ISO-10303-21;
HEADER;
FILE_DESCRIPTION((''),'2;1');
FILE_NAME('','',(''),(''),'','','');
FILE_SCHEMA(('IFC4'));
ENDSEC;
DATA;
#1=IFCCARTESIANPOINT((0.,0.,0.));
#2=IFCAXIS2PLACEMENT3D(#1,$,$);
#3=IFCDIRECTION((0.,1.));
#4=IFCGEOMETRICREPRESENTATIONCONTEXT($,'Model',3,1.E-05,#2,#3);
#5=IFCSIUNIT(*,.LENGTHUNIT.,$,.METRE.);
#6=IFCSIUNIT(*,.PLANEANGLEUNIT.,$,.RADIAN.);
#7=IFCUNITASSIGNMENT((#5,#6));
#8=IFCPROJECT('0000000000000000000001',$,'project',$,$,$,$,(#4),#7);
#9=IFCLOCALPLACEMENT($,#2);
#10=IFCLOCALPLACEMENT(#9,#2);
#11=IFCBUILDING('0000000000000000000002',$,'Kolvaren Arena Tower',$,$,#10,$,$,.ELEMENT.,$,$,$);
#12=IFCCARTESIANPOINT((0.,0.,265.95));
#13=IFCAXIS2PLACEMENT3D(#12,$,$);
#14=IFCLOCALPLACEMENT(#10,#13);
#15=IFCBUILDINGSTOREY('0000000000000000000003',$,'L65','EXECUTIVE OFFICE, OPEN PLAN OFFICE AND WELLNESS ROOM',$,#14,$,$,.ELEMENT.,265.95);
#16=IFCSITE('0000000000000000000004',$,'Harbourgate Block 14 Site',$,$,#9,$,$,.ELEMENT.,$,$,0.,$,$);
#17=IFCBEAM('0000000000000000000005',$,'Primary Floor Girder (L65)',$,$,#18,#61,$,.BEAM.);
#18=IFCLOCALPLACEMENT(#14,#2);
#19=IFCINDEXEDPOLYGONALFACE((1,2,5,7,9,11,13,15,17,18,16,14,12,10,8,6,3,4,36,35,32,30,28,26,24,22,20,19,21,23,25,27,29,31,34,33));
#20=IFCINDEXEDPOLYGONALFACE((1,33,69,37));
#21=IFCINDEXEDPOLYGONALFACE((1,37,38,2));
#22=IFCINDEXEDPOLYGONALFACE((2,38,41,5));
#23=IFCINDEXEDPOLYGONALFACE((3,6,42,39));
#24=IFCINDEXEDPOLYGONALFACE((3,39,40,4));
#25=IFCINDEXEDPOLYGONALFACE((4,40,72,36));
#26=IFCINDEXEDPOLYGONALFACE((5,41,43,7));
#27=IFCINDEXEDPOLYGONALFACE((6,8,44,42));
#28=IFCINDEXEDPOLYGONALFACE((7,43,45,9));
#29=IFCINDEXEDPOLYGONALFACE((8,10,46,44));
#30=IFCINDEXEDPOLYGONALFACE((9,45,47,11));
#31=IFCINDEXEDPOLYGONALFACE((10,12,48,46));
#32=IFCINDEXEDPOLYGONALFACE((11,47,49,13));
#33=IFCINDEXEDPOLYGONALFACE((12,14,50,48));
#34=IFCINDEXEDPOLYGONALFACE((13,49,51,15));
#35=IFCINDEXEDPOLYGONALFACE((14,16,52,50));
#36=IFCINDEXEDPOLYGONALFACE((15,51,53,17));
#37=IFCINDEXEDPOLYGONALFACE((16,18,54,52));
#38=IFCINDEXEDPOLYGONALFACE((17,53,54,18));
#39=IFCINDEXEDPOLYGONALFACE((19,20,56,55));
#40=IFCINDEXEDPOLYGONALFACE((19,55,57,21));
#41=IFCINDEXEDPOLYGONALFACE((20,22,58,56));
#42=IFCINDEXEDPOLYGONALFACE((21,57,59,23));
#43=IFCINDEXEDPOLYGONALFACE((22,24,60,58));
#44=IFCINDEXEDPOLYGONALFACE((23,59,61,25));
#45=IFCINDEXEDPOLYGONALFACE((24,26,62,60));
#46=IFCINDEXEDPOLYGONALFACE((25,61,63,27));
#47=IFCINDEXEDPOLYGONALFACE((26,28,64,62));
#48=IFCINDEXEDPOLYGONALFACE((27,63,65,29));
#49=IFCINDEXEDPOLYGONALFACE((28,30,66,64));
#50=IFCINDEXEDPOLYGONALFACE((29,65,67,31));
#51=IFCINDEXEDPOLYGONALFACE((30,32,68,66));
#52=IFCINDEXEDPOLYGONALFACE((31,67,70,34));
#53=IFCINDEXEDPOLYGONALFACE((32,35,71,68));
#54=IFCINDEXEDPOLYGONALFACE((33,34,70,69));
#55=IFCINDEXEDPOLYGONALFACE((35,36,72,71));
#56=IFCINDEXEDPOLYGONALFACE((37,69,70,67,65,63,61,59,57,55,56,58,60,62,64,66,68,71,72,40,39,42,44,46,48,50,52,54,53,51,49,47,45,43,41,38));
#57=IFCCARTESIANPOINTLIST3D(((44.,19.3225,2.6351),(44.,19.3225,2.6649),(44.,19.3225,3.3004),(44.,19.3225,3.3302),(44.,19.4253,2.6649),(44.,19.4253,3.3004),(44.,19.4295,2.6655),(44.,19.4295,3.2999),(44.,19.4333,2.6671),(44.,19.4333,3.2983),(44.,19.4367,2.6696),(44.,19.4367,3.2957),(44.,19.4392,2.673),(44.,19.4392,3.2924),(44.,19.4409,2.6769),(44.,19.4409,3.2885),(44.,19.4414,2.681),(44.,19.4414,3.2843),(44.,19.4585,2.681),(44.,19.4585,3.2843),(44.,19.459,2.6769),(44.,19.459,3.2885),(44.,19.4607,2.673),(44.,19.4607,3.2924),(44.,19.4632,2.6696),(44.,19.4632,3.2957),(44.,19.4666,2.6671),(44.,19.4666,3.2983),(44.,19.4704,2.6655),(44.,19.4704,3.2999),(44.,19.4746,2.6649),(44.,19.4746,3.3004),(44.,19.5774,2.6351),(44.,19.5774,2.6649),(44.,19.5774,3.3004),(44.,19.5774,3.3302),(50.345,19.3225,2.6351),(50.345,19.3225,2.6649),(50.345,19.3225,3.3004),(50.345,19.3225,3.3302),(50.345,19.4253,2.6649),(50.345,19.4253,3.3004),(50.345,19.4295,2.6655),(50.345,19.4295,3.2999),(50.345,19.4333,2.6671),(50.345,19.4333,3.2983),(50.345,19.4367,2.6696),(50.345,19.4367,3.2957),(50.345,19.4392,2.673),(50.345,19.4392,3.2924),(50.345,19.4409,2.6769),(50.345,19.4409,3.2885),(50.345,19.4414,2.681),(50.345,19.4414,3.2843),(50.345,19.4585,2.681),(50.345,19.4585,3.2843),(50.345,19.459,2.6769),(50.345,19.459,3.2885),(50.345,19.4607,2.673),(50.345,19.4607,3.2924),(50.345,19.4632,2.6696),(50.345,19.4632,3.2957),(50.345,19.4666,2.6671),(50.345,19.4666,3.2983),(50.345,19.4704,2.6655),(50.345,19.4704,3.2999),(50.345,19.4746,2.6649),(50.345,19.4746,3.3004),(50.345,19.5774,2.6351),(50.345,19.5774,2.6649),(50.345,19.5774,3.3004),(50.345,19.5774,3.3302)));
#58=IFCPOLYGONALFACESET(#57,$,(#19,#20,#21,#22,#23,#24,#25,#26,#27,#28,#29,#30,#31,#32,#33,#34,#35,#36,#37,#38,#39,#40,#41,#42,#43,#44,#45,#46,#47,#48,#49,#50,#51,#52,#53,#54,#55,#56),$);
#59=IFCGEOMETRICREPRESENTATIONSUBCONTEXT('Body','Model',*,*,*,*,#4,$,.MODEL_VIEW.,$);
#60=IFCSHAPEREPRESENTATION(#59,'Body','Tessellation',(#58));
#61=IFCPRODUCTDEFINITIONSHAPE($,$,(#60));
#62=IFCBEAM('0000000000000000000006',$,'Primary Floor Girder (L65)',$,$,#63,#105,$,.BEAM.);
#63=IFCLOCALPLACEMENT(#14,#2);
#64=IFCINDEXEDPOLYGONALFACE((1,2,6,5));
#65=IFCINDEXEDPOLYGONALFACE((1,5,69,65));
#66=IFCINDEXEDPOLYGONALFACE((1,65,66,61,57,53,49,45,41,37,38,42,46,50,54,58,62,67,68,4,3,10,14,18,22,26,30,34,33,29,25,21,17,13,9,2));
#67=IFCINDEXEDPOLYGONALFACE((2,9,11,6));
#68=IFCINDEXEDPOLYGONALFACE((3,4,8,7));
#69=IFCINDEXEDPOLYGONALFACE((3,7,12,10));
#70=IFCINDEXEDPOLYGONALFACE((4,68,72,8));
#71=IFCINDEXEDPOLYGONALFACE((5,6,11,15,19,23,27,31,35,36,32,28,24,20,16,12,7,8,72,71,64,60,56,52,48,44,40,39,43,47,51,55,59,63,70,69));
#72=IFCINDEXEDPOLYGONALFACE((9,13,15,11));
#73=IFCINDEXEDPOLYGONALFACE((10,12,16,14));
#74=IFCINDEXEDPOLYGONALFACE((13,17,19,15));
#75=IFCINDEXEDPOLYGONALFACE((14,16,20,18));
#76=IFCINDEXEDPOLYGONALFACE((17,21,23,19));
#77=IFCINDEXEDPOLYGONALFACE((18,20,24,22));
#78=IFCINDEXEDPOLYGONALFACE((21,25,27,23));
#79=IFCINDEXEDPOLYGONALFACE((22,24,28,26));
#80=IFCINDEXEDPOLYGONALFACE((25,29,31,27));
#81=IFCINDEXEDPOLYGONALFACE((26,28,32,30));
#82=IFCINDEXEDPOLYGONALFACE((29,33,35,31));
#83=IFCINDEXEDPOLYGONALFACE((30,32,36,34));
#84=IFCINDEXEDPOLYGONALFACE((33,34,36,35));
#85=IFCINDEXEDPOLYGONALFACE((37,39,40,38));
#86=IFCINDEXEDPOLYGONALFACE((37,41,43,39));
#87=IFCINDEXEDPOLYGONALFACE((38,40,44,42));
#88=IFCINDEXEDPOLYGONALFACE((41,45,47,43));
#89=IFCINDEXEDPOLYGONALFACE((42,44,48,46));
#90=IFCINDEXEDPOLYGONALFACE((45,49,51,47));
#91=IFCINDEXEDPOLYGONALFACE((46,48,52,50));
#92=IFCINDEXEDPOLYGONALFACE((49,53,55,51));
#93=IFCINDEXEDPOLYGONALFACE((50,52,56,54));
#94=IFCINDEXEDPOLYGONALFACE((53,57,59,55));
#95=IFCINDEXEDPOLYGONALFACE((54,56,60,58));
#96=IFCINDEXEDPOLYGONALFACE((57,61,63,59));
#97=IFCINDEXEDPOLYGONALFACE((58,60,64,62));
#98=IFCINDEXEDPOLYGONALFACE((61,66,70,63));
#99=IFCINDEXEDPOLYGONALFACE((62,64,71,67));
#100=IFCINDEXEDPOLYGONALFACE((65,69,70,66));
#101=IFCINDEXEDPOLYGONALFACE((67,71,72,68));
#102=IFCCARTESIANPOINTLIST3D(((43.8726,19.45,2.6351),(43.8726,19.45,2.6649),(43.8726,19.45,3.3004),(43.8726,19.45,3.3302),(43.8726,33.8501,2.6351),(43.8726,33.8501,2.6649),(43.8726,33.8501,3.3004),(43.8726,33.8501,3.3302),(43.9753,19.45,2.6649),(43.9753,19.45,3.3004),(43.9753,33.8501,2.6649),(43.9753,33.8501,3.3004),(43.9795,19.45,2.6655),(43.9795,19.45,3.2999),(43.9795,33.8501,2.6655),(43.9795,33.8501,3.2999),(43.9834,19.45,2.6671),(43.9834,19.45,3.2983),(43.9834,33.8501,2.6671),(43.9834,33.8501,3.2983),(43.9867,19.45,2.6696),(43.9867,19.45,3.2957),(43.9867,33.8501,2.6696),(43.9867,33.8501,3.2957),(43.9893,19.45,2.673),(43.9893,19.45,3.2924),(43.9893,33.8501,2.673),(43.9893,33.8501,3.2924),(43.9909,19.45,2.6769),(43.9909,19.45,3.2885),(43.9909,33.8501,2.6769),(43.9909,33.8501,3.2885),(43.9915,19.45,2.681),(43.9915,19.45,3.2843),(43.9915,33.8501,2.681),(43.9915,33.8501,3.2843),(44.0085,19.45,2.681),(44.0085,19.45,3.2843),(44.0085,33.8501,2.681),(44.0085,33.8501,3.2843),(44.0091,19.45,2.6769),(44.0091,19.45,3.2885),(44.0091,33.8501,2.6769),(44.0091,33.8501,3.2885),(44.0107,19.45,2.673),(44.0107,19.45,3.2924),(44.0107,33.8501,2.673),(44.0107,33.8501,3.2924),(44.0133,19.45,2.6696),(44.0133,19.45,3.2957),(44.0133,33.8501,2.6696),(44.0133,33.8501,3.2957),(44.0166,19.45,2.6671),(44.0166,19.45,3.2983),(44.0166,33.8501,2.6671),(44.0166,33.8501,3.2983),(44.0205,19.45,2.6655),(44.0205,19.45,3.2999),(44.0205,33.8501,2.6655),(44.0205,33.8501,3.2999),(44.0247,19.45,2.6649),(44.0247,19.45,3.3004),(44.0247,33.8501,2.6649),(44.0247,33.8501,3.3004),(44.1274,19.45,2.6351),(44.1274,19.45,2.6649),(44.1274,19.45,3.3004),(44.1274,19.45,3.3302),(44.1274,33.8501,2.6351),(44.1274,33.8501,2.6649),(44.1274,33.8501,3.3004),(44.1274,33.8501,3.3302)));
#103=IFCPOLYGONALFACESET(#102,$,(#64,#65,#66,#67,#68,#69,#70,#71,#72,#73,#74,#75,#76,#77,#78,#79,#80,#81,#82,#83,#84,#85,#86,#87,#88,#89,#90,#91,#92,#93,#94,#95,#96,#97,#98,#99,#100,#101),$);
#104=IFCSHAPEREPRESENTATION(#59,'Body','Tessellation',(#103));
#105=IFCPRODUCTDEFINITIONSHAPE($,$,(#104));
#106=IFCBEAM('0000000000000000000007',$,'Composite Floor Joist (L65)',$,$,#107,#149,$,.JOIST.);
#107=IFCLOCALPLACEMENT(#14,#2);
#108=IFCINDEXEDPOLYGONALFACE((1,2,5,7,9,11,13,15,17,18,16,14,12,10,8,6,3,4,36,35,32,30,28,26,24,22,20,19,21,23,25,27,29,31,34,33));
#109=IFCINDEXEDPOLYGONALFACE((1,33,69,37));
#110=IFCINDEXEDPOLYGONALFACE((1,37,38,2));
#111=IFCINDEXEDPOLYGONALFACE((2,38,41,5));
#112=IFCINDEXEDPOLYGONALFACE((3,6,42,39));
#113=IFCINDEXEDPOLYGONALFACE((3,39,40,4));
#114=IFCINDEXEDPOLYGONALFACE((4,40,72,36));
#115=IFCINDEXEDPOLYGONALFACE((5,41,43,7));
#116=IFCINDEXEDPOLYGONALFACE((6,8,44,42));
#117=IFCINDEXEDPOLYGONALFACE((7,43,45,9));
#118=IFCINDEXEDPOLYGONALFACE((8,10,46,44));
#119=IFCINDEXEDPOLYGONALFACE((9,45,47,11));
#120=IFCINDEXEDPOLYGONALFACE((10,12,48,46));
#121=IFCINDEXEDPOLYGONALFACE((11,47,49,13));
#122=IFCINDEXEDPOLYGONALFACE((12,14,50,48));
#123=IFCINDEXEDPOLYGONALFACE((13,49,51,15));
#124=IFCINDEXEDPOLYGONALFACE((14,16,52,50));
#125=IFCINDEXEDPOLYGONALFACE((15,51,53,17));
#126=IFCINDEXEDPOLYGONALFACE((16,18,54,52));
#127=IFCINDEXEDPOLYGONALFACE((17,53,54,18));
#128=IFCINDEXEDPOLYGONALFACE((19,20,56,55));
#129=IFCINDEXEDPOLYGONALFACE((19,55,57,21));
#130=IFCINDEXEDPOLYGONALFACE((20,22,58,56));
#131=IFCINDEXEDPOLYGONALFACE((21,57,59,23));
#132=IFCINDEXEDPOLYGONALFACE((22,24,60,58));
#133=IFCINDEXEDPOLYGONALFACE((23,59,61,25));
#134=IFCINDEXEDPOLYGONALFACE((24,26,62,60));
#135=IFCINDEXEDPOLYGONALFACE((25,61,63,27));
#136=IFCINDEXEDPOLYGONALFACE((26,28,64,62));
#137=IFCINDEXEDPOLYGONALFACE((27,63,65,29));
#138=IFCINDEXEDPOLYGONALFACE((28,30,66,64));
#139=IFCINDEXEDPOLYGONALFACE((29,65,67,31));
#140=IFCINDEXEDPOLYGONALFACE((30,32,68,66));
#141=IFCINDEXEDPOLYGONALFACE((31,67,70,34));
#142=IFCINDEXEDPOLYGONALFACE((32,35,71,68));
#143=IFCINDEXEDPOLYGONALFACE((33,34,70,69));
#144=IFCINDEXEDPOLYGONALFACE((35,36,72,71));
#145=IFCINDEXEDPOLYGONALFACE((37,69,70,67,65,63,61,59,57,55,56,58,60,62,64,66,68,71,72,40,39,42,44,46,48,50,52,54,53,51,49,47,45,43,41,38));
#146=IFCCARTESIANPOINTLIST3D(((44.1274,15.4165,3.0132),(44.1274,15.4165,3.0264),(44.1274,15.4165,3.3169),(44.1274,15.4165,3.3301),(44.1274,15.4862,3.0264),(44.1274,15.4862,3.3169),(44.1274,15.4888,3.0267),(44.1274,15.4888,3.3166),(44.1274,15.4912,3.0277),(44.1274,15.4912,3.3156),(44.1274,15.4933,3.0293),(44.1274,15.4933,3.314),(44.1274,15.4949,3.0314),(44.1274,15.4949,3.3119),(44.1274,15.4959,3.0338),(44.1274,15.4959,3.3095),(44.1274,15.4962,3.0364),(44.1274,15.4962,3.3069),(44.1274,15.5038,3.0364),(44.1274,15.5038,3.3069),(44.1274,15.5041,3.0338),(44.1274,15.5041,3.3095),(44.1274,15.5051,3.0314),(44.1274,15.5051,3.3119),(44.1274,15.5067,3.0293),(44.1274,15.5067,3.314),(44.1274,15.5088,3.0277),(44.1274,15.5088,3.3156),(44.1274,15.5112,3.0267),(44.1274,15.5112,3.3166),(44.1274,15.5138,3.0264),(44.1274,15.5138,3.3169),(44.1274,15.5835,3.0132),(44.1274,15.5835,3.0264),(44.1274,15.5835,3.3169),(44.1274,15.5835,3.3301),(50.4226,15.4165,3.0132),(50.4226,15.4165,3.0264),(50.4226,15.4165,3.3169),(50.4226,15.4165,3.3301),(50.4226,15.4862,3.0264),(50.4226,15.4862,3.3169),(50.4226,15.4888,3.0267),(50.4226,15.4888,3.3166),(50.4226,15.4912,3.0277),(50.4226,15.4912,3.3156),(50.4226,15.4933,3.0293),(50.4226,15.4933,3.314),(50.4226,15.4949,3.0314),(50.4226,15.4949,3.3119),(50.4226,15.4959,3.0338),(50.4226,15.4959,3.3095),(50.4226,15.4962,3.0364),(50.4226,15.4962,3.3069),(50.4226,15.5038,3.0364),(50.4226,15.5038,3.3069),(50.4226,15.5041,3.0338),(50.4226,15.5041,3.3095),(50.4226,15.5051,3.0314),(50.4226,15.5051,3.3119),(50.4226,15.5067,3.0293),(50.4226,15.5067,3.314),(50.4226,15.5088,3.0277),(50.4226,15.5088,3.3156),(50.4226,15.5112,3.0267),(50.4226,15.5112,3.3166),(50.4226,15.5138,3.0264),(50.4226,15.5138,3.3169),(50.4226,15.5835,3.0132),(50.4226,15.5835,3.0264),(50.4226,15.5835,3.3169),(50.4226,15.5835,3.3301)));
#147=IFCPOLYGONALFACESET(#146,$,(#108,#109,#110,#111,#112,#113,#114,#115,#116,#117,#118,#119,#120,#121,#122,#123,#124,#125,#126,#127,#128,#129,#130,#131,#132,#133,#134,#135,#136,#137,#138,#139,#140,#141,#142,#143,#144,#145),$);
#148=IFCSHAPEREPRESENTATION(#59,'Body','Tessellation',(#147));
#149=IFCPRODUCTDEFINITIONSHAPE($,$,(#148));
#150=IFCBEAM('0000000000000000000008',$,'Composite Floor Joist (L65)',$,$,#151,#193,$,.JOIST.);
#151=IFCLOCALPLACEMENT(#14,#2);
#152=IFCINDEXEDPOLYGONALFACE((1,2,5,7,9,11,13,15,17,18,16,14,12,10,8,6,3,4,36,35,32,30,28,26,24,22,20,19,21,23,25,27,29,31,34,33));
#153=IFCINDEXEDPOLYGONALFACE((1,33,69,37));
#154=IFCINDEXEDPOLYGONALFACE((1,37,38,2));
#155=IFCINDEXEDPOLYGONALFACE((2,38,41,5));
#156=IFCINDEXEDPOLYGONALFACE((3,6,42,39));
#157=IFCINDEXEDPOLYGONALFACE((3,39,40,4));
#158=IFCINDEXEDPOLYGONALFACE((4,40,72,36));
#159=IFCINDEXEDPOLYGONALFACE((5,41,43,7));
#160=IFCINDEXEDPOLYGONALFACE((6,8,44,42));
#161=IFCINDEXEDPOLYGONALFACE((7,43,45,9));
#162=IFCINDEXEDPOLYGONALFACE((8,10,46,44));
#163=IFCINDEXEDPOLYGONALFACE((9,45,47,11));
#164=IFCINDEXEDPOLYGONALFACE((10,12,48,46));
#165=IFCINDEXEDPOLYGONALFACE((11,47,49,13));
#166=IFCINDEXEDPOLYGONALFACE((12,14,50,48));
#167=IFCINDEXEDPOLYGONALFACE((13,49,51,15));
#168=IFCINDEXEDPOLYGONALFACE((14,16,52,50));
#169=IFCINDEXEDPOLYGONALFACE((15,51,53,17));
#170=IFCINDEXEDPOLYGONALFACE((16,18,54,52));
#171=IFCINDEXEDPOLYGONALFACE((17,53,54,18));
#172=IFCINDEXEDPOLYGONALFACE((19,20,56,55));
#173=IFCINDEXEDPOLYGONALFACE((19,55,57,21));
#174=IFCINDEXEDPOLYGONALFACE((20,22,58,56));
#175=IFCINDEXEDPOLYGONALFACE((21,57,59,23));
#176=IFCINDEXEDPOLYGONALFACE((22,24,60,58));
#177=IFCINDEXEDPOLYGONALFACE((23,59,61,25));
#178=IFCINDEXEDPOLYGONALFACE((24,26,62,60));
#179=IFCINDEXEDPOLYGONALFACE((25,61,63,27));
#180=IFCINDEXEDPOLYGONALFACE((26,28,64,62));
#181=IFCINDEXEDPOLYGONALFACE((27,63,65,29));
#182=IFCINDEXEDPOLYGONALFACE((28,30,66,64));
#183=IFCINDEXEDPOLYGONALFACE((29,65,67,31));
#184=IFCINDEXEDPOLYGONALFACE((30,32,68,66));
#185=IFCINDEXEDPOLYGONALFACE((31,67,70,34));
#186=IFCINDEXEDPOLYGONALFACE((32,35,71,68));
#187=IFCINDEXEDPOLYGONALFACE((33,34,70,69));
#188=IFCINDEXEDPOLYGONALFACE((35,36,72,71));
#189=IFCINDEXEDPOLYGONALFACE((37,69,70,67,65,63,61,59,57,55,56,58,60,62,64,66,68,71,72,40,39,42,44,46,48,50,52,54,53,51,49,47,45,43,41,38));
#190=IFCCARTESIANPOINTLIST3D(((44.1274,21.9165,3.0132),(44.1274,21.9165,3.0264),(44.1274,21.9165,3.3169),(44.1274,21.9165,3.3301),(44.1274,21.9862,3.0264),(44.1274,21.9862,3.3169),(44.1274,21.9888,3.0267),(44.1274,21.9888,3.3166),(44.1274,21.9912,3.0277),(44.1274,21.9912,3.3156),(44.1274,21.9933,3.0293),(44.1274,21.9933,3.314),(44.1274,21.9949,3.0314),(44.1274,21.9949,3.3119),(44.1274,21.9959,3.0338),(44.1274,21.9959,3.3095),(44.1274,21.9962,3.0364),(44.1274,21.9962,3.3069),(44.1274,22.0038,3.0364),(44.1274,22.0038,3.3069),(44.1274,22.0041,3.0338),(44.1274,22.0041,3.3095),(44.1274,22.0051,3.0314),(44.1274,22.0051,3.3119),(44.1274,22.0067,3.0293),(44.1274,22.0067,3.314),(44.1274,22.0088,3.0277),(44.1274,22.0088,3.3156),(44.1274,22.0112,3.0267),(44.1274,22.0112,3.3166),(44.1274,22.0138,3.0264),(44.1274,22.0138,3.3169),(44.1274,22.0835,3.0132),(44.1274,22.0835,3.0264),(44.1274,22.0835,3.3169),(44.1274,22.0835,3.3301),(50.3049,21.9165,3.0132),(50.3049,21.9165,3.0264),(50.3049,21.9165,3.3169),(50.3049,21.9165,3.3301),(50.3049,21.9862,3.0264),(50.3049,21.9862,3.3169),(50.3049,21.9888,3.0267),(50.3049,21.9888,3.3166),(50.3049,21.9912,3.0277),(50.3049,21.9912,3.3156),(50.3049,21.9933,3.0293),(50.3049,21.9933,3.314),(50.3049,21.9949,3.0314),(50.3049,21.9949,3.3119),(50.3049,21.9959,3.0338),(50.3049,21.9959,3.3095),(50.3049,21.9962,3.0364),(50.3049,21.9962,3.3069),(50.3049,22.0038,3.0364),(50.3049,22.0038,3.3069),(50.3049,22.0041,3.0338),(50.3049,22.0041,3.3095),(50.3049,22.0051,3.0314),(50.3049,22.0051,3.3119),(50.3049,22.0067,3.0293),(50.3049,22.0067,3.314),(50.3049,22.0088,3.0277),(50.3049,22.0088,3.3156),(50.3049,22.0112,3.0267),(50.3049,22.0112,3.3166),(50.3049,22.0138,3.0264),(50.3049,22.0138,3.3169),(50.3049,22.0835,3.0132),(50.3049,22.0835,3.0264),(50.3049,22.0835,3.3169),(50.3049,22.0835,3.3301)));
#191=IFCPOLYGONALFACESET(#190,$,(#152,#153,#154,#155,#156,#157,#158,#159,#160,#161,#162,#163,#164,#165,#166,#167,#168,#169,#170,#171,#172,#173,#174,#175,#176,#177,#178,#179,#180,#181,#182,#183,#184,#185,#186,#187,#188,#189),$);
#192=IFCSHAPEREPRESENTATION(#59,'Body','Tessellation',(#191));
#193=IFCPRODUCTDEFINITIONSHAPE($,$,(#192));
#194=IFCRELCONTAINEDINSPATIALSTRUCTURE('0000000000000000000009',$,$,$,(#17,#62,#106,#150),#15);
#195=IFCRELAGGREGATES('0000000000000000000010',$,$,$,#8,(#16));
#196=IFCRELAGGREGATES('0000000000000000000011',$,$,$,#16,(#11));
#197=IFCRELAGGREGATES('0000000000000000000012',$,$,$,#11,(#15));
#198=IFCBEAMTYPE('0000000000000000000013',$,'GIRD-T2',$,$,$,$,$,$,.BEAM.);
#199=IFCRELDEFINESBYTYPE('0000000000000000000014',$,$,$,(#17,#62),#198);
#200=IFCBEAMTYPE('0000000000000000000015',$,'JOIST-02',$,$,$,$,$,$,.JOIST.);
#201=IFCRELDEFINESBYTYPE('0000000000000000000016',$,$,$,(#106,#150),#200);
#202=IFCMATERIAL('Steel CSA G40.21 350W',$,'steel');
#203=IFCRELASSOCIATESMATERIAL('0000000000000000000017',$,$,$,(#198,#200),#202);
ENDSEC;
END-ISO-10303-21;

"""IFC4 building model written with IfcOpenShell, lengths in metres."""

from ifc_helpers import new_model, si_unit, direction, frame, origin, origin_2d, place, context, subcontext, project, spatial, i_section, extrude, material, material_profile, profile_set, type_object, element, save


model = new_model("IFC4")

# Units and contexts
model_context = context("Model", 3, precision=1e-05, world=origin(), true_north=direction((0.0, 1.0)))
body_context = subcontext(model_context, "Body", "Model", "MODEL_VIEW")
ifc_project = project(units=[si_unit("LENGTHUNIT", "METRE"), si_unit("PLANEANGLEUNIT", "RADIAN")], contexts=[model_context])

# Site, building, storey
site_placement = place(None, origin())
site = spatial("IfcSite", under=ifc_project, at=site_placement, Name="Harbourgate Block 14 Site", CompositionType="ELEMENT", RefElevation=0.0)
building_placement = place(site_placement, origin())
building = spatial("IfcBuilding", under=site, at=building_placement, Name="Kolvaren Arena Tower", CompositionType="ELEMENT")
storey_placement = place(building_placement, frame((0.0, 0.0, 265.95)))
storey = spatial("IfcBuildingStorey", under=building, at=storey_placement, Name="L65", Description="EXECUTIVE OFFICE, OPEN PLAN OFFICE AND WELLNESS ROOM", CompositionType="ELEMENT", Elevation=265.95)

# Beams
ifc_material_1 = material(Name="Steel CSA G40.21 350W", Category="steel")
ifc_material_profile_1 = material_profile(ifc_material_1, i_section(OverallWidth=0.2549, OverallDepth=0.6951, WebThickness=0.0171, FlangeThickness=0.0298, FilletRadius=0.0161, at=origin_2d()), Name="W690x217")
ifc_profile_set_1 = profile_set([ifc_material_profile_1], Name="Steel CSA G40.21 350W")
beam_type_1 = type_object("IfcBeamType", Name="GIRD-T2", PredefinedType="BEAM", material=ifc_profile_set_1)
beam_1_placement = place(storey_placement, frame((44.0, 19.45, 2.9827), z_axis=(1.0, 0.0, 0.0), x_axis=(0.0, 1.0, 0.0)))
element("IfcBeam", 1, at=beam_1_placement, inside=storey, type_object=beam_type_1, Name="Primary Floor Girder (L65)", PredefinedType="BEAM", context=body_context, shape_type="SweptSolid", body=[
    extrude(i_section(OverallWidth=0.2549, OverallDepth=0.6951, WebThickness=0.0171, FlangeThickness=0.0298, FilletRadius=0.0161, at=origin_2d()), origin(), (0.0, 0.0, 1.0), 6.345),
])
beam_2_placement = place(storey_placement, frame((44.0, 19.45, 2.9827), z_axis=(0.0, 1.0, 0.0), x_axis=(-1.0, 0.0, 0.0)))
element("IfcBeam", 2, at=beam_2_placement, inside=storey, type_object=beam_type_1, Name="Primary Floor Girder (L65)", PredefinedType="BEAM", context=body_context, shape_type="SweptSolid", body=[
    extrude(i_section(OverallWidth=0.2549, OverallDepth=0.6951, WebThickness=0.0171, FlangeThickness=0.0298, FilletRadius=0.0161, at=origin_2d()), origin(), (0.0, 0.0, 1.0), 14.4001),
])
ifc_material_profile_2 = material_profile(ifc_material_1, i_section(OverallWidth=0.167, OverallDepth=0.3169, WebThickness=0.0076, FlangeThickness=0.0132, FilletRadius=0.01, at=origin_2d()), Name="W310x52")
ifc_profile_set_2 = profile_set([ifc_material_profile_2], Name="Steel CSA G40.21 350W")
beam_type_2 = type_object("IfcBeamType", Name="JOIST-02", PredefinedType="JOIST", material=ifc_profile_set_2)
beam_3_placement = place(storey_placement, frame((44.1274, 15.5, 3.1716), z_axis=(1.0, 0.0, 0.0), x_axis=(0.0, 1.0, 0.0)))
element("IfcBeam", 3, at=beam_3_placement, inside=storey, type_object=beam_type_2, Name="Composite Floor Joist (L65)", PredefinedType="JOIST", context=body_context, shape_type="SweptSolid", body=[
    extrude(i_section(OverallWidth=0.167, OverallDepth=0.3169, WebThickness=0.0076, FlangeThickness=0.0132, FilletRadius=0.01, at=origin_2d()), origin(), (0.0, 0.0, 1.0), 6.2952),
])
beam_4_placement = place(storey_placement, frame((44.1274, 22.0, 3.1716), z_axis=(1.0, 0.0, 0.0), x_axis=(0.0, 1.0, 0.0)))
element("IfcBeam", 4, at=beam_4_placement, inside=storey, type_object=beam_type_2, Name="Composite Floor Joist (L65)", PredefinedType="JOIST", context=body_context, shape_type="SweptSolid", body=[
    extrude(i_section(OverallWidth=0.167, OverallDepth=0.3169, WebThickness=0.0076, FlangeThickness=0.0132, FilletRadius=0.01, at=origin_2d()), origin(), (0.0, 0.0, 1.0), 6.1775),
])

save(model, "model.ifc")
